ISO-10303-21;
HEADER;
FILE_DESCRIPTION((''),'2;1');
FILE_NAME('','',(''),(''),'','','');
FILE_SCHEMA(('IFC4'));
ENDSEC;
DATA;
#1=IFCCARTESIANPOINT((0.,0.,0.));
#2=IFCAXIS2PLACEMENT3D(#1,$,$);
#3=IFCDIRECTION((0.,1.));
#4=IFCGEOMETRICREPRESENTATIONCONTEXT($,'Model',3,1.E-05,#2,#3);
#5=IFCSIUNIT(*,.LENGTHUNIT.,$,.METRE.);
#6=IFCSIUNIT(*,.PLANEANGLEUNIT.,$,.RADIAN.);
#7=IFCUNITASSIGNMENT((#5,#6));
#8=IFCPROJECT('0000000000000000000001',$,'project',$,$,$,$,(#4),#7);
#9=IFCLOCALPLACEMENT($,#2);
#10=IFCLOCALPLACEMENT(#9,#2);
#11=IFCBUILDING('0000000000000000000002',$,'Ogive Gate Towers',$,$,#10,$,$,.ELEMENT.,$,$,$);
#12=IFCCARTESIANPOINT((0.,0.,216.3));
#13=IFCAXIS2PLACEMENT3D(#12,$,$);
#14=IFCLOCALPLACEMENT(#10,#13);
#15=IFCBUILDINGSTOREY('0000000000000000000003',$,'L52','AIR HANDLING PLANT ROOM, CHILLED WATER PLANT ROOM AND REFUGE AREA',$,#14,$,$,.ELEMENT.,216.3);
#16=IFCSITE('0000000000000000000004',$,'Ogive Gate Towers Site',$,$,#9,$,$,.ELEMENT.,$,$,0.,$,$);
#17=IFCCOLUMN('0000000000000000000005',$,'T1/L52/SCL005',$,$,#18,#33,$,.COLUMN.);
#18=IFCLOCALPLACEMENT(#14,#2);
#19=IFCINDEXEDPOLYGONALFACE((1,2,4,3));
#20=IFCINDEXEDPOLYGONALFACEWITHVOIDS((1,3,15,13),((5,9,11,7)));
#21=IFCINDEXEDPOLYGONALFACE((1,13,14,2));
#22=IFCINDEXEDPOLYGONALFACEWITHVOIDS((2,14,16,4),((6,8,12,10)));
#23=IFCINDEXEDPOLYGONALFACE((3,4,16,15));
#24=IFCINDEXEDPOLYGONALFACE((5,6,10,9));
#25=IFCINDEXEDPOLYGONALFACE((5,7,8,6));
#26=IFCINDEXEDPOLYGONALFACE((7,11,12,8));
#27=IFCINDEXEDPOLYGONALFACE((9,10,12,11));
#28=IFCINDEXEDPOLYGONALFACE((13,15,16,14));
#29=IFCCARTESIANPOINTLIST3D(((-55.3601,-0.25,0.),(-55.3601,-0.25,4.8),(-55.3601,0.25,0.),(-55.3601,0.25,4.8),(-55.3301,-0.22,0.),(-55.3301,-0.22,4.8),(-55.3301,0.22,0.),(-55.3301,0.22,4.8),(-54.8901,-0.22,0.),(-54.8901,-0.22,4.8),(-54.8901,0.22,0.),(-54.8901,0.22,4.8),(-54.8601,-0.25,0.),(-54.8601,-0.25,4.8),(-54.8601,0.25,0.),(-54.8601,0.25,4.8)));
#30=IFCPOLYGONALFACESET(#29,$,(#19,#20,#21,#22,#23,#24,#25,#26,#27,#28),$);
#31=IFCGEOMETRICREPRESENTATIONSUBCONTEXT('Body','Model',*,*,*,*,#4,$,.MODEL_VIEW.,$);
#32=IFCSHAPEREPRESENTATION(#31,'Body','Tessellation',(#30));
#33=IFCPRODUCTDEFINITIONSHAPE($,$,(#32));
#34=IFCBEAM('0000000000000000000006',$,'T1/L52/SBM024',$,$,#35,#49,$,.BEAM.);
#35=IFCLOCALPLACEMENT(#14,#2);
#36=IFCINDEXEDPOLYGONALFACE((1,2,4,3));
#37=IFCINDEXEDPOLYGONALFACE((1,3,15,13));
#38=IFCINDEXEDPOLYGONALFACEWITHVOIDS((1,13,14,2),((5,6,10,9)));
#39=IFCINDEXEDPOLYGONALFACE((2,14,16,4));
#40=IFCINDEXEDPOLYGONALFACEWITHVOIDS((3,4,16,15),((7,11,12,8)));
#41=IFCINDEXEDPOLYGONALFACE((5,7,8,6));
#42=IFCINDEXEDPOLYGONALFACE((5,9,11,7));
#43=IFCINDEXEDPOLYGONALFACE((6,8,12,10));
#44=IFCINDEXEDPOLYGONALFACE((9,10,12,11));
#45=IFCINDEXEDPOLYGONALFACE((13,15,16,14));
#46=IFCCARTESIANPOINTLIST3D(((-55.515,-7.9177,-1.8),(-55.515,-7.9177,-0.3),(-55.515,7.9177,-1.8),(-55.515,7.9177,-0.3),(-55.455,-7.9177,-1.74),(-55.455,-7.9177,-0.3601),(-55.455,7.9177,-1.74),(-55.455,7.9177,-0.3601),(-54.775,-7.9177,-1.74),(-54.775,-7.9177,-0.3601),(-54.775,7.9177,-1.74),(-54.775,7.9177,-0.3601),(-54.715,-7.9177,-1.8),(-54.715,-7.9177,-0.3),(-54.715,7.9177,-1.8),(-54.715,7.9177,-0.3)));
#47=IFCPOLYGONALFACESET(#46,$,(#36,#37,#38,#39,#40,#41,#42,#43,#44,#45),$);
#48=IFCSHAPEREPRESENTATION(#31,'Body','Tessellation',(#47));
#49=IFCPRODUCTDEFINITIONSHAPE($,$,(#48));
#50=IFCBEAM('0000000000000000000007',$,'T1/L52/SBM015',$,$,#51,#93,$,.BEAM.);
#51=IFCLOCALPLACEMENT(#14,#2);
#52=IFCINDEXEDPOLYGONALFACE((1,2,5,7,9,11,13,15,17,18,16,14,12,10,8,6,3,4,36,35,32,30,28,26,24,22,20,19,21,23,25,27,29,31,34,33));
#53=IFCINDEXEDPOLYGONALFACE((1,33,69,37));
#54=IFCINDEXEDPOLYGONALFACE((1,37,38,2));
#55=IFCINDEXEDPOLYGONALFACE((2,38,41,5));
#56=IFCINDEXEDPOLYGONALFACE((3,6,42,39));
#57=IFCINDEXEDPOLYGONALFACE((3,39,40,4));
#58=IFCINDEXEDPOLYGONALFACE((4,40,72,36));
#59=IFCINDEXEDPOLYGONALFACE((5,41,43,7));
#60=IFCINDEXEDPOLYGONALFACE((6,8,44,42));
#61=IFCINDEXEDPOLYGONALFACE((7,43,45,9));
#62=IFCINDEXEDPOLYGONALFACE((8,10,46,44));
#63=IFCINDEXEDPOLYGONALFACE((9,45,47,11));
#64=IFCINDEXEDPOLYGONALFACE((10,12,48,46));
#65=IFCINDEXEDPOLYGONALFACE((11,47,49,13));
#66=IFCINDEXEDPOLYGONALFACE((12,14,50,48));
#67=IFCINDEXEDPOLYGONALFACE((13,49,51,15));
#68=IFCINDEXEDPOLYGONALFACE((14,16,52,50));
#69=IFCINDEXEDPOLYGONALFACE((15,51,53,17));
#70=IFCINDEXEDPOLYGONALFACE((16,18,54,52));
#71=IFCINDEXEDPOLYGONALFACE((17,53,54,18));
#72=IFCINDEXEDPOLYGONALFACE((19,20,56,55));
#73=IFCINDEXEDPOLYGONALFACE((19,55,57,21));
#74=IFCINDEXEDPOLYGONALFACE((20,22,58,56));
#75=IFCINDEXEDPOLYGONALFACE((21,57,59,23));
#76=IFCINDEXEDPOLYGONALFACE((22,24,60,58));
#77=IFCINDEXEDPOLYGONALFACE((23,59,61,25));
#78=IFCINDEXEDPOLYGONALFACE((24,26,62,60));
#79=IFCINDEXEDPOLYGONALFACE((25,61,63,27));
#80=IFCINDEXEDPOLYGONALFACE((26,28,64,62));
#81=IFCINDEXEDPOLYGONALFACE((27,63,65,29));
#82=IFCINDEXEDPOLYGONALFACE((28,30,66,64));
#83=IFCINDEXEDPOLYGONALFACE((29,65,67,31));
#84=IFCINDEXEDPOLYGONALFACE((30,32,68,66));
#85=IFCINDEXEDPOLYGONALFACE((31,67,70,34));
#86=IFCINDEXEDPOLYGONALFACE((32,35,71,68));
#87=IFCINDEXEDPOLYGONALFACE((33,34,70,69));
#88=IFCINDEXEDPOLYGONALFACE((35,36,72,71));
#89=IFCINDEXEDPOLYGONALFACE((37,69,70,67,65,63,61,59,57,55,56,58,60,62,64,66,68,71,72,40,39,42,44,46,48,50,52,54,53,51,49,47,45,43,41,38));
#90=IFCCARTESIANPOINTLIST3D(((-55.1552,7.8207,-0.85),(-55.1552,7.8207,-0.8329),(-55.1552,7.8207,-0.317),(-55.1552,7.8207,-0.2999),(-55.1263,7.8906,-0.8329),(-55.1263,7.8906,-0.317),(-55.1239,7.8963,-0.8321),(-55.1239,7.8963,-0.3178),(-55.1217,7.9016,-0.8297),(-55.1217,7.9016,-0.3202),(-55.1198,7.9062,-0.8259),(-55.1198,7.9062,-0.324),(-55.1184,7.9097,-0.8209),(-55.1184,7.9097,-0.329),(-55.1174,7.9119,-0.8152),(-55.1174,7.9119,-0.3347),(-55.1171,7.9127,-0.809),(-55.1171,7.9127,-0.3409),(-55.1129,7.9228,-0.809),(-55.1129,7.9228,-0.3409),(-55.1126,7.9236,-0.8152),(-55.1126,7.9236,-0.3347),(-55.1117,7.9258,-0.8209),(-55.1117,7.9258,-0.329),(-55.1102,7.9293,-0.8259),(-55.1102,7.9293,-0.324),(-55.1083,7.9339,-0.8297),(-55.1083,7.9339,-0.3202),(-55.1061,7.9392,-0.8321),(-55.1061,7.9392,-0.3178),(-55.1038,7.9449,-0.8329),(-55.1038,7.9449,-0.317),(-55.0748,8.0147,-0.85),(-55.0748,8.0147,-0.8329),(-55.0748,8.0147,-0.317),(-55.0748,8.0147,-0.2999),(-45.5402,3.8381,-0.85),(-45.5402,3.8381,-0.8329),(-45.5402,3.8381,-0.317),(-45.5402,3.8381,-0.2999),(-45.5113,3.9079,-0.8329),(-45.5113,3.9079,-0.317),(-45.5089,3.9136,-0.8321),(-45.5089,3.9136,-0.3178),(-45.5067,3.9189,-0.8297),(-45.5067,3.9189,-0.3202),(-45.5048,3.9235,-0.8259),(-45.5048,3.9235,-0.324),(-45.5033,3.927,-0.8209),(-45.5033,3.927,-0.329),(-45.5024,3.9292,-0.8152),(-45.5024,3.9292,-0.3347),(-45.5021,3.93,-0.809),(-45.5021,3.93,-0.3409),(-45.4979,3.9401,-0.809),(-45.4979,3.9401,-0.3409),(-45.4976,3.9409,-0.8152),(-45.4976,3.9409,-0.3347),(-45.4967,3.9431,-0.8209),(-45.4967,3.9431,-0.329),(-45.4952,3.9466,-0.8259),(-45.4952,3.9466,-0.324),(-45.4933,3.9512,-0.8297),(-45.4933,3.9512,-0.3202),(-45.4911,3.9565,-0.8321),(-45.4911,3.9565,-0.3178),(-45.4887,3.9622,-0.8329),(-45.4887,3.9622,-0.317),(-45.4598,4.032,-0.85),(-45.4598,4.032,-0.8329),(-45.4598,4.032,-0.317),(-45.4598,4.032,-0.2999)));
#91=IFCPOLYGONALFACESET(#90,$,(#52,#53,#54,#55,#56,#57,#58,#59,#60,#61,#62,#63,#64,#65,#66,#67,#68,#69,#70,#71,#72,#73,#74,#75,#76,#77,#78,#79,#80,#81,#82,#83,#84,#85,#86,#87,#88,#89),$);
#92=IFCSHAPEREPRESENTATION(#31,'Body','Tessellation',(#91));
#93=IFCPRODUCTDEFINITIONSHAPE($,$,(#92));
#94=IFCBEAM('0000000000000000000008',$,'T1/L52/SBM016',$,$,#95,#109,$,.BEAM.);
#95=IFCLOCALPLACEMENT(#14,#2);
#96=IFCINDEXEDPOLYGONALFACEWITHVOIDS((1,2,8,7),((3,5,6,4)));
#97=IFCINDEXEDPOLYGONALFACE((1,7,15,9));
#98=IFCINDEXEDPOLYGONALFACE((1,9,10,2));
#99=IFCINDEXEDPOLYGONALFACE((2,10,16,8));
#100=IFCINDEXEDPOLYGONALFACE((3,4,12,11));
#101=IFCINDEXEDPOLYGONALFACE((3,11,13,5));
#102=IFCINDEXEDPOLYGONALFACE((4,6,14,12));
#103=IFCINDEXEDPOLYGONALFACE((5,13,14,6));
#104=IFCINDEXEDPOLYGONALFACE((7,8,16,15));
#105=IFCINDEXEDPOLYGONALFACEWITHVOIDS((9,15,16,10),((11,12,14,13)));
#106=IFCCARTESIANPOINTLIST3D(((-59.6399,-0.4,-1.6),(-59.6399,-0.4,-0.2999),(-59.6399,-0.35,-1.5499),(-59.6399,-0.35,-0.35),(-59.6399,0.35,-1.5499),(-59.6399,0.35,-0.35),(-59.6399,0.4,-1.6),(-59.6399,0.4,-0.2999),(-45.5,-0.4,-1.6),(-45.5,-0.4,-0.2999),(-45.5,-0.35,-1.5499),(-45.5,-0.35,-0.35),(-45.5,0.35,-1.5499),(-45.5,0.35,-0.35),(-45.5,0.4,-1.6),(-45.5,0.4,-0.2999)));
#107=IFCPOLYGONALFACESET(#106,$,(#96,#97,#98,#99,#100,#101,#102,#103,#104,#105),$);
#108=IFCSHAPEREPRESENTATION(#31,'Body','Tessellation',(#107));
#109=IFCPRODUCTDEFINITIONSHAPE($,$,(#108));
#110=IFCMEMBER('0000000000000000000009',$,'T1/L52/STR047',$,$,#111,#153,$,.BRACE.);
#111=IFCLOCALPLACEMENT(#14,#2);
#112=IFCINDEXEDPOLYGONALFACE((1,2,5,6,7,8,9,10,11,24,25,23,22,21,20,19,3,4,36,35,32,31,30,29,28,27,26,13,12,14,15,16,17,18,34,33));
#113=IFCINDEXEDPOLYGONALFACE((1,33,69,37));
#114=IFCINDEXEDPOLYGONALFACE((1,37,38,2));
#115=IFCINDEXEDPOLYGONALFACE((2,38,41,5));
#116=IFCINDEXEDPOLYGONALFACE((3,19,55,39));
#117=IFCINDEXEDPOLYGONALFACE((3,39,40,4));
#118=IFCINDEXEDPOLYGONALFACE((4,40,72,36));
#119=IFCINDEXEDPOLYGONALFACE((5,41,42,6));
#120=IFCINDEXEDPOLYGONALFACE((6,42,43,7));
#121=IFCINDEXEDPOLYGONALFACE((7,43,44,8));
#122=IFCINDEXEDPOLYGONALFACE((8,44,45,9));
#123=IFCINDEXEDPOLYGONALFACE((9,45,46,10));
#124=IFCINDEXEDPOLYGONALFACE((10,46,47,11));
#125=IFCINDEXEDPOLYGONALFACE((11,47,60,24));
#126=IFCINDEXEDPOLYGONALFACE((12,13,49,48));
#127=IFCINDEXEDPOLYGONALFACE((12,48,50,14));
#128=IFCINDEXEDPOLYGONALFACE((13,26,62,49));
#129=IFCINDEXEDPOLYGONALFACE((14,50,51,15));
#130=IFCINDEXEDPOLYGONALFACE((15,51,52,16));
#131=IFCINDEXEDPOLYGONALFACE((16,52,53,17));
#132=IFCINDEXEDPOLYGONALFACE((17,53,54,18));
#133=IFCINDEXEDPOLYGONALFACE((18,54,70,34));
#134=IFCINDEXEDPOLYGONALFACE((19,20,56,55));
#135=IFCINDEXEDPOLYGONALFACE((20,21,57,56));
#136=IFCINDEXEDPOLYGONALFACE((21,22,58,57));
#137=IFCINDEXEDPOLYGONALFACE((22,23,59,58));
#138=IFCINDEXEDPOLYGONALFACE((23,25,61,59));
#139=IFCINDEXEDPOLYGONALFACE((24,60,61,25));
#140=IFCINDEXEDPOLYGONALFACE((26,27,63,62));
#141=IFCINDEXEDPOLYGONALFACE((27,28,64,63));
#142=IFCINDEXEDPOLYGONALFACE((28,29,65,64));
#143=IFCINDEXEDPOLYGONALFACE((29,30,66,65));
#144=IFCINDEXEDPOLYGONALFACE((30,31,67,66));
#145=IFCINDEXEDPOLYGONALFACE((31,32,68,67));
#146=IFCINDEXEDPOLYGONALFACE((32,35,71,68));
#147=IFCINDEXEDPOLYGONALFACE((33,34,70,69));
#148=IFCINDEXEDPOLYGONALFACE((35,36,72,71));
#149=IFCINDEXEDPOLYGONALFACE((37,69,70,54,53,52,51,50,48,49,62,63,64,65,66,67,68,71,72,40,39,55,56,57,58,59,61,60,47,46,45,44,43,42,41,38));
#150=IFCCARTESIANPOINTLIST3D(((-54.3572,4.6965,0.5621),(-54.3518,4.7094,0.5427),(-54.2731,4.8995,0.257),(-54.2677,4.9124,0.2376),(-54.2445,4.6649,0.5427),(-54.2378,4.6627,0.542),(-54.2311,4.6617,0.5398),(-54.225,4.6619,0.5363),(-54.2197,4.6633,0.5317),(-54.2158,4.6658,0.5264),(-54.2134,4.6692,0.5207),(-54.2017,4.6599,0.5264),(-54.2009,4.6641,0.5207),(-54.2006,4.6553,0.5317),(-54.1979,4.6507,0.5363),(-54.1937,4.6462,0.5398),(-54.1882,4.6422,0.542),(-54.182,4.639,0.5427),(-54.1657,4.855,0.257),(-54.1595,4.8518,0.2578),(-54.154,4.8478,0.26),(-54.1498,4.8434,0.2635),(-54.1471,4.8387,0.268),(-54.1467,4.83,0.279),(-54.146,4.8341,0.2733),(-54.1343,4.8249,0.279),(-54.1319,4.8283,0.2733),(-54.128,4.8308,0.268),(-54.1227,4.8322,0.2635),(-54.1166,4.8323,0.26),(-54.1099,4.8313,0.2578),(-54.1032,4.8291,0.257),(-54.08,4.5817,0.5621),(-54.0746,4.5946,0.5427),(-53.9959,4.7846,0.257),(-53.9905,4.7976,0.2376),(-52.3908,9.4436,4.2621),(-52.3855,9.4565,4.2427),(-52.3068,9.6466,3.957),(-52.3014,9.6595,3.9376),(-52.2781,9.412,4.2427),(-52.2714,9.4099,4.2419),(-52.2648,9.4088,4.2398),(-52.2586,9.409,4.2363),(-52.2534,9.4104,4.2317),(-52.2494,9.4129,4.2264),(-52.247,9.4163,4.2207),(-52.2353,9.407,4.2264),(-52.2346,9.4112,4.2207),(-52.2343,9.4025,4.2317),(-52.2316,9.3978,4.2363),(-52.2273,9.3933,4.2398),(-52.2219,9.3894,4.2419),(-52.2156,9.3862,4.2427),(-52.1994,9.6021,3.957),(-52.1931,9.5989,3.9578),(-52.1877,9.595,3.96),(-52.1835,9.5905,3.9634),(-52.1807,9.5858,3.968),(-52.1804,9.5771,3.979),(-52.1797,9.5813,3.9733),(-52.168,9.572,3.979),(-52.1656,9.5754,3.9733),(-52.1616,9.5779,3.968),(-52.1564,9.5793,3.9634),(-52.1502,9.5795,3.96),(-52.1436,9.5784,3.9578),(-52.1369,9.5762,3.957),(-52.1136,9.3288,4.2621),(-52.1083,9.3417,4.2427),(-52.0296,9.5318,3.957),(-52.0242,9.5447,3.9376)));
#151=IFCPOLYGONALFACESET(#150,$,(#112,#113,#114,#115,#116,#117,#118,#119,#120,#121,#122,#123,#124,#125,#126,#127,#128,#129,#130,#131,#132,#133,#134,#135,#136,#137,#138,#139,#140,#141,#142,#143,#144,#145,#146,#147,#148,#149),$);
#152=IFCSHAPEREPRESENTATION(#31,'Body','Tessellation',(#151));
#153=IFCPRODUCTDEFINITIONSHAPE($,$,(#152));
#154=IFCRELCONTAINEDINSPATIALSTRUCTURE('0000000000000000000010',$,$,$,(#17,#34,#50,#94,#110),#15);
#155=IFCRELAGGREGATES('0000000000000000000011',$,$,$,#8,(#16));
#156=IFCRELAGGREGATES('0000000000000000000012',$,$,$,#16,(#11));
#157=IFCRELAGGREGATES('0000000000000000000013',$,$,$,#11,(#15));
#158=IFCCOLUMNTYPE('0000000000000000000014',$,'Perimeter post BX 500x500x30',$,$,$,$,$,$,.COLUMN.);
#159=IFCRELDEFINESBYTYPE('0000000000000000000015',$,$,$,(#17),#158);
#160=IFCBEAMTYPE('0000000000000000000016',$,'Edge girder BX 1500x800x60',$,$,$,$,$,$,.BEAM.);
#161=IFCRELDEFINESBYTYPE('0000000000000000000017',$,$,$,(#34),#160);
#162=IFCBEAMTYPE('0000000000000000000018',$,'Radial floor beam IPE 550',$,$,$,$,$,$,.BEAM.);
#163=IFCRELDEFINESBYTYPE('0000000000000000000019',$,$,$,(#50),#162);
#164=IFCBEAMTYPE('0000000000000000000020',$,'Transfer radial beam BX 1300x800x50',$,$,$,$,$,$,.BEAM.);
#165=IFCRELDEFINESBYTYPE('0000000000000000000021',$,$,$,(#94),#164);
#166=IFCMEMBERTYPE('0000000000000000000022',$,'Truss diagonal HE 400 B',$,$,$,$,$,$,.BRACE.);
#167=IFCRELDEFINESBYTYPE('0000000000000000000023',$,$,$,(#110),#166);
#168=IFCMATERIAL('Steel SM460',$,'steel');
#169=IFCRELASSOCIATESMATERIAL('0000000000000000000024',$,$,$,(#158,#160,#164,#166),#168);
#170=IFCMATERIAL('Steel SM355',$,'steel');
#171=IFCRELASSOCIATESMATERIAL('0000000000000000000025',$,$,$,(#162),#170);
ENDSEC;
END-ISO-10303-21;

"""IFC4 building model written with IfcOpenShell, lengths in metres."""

from ifc_helpers import new_model, si_unit, direction, frame, origin, origin_2d, place, context, subcontext, project, spatial, hollow_rectangle, i_section, extrude, material, material_profile, profile_set, type_object, element, save


model = new_model("IFC4")

# Units and contexts
model_context = context("Model", 3, precision=1e-05, world=origin(), true_north=direction((0.0, 1.0)))
body_context = subcontext(model_context, "Body", "Model", "MODEL_VIEW")
ifc_project = project(units=[si_unit("LENGTHUNIT", "METRE"), si_unit("PLANEANGLEUNIT", "RADIAN")], contexts=[model_context])

# Site, building, storey
site_placement = place(None, origin())
site = spatial("IfcSite", under=ifc_project, at=site_placement, Name="Ogive Gate Towers Site", CompositionType="ELEMENT", RefElevation=0.0)
building_placement = place(site_placement, origin())
building = spatial("IfcBuilding", under=site, at=building_placement, Name="Ogive Gate Towers", CompositionType="ELEMENT")
storey_placement = place(building_placement, frame((0.0, 0.0, 216.3)))
storey = spatial("IfcBuildingStorey", under=building, at=storey_placement, Name="L52", Description="AIR HANDLING PLANT ROOM, CHILLED WATER PLANT ROOM AND REFUGE AREA", CompositionType="ELEMENT", Elevation=216.3)

# Column
ifc_material_1 = material(Name="Steel SM460", Category="steel")
ifc_material_profile_1 = material_profile(ifc_material_1, hollow_rectangle(XDim=0.5, YDim=0.5, WallThickness=0.03, at=origin_2d()), Name="BX 500x500x30")
ifc_profile_set_1 = profile_set([ifc_material_profile_1], Name="Steel SM460")
column_type = type_object("IfcColumnType", Name="Perimeter post BX 500x500x30", PredefinedType="COLUMN", material=ifc_profile_set_1)
column_placement = place(storey_placement, frame((-55.1101, 0.0, 0.0), z_axis=(0.0, 0.0, 1.0), x_axis=(1.0, 0.0, 0.0)))
element("IfcColumn", 1, at=column_placement, inside=storey, type_object=column_type, Name="T1/L52/SCL005", PredefinedType="COLUMN", context=body_context, shape_type="SweptSolid", body=[
    extrude(hollow_rectangle(XDim=0.5, YDim=0.5, WallThickness=0.03, at=origin_2d()), origin(), (0.0, 0.0, 1.0), 4.8),
])

# Beams
ifc_material_profile_2 = material_profile(ifc_material_1, hollow_rectangle(XDim=0.8, YDim=1.5, WallThickness=0.0601, at=origin_2d()), Name="BX 1500x800x60")
ifc_profile_set_2 = profile_set([ifc_material_profile_2], Name="Steel SM460")
beam_type_1 = type_object("IfcBeamType", Name="Edge girder BX 1500x800x60", PredefinedType="BEAM", material=ifc_profile_set_2)
beam_1_placement = place(storey_placement, frame((-55.115, 7.9177, -1.05), z_axis=(0.0, -1.0, 0.0), x_axis=(1.0, 0.0, 0.0)))
element("IfcBeam", 2, at=beam_1_placement, inside=storey, type_object=beam_type_1, Name="T1/L52/SBM024", PredefinedType="BEAM", context=body_context, shape_type="SweptSolid", body=[
    extrude(hollow_rectangle(XDim=0.8, YDim=1.5, WallThickness=0.0601, at=origin_2d()), origin(), (0.0, 0.0, 1.0), 15.8354),
])
ifc_material_2 = material(Name="Steel SM355", Category="steel")
ifc_material_profile_3 = material_profile(ifc_material_2, i_section(OverallWidth=0.21, OverallDepth=0.55, WebThickness=0.011, FlangeThickness=0.0171, FilletRadius=0.0239, at=origin_2d()), Name="IPE 550")
ifc_profile_set_3 = profile_set([ifc_material_profile_3], Name="Steel SM355")
beam_type_2 = type_object("IfcBeamType", Name="Radial floor beam IPE 550", PredefinedType="BEAM", material=ifc_profile_set_3)
beam_2_placement = place(storey_placement, frame((-45.5, 3.9351, -0.575), z_axis=(-0.923879, 0.382684, 0.0), x_axis=(-0.382684, -0.923879, 0.0)))
element("IfcBeam", 3, at=beam_2_placement, inside=storey, type_object=beam_type_2, Name="T1/L52/SBM015", PredefinedType="BEAM", context=body_context, shape_type="SweptSolid", body=[
    extrude(i_section(OverallWidth=0.21, OverallDepth=0.55, WebThickness=0.011, FlangeThickness=0.0171, FilletRadius=0.0239, at=origin_2d()), origin(), (0.0, 0.0, 1.0), 10.4072),
])
ifc_material_profile_4 = material_profile(ifc_material_1, hollow_rectangle(XDim=0.8, YDim=1.3, WallThickness=0.05, at=origin_2d()), Name="BX 1300x800x50")
ifc_profile_set_4 = profile_set([ifc_material_profile_4], Name="Steel SM460")
beam_type_3 = type_object("IfcBeamType", Name="Transfer radial beam BX 1300x800x50", PredefinedType="BEAM", material=ifc_profile_set_4)
beam_3_placement = place(storey_placement, frame((-45.5, 0.0, -0.95), z_axis=(-1.0, 0.0, 0.0), x_axis=(0.0, -1.0, 0.0)))
element("IfcBeam", 4, at=beam_3_placement, inside=storey, type_object=beam_type_3, Name="T1/L52/SBM016", PredefinedType="BEAM", context=body_context, shape_type="SweptSolid", body=[
    extrude(hollow_rectangle(XDim=0.8, YDim=1.3, WallThickness=0.05, at=origin_2d()), origin(), (0.0, 0.0, 1.0), 14.1399),
])

# Member
ifc_material_profile_5 = material_profile(ifc_material_1, i_section(OverallWidth=0.3, OverallDepth=0.3999, WebThickness=0.0134, FlangeThickness=0.0239, FilletRadius=0.0271, at=origin_2d()), Name="HE 400 B")
ifc_profile_set_5 = profile_set([ifc_material_profile_5], Name="Steel SM460")
member_type_1 = type_object("IfcMemberType", Name="Truss diagonal HE 400 B", PredefinedType="BRACE", material=ifc_profile_set_5)
member_1_placement = place(storey_placement, frame((-52.2075, 9.4941, 4.0999), z_axis=(-0.310549, -0.749728, -0.584352), x_axis=(0.923879, -0.382685, 0.0)))
element("IfcMember", 5, at=member_1_placement, inside=storey, type_object=member_type_1, Name="T1/L52/STR047", PredefinedType="BRACE", context=body_context, shape_type="SweptSolid", body=[
    extrude(i_section(OverallWidth=0.3, OverallDepth=0.3999, WebThickness=0.0134, FlangeThickness=0.0239, FilletRadius=0.0271, at=origin_2d()), origin(), (0.0, 0.0, 1.0), 6.3318),
])

save(model, "model.ifc")
